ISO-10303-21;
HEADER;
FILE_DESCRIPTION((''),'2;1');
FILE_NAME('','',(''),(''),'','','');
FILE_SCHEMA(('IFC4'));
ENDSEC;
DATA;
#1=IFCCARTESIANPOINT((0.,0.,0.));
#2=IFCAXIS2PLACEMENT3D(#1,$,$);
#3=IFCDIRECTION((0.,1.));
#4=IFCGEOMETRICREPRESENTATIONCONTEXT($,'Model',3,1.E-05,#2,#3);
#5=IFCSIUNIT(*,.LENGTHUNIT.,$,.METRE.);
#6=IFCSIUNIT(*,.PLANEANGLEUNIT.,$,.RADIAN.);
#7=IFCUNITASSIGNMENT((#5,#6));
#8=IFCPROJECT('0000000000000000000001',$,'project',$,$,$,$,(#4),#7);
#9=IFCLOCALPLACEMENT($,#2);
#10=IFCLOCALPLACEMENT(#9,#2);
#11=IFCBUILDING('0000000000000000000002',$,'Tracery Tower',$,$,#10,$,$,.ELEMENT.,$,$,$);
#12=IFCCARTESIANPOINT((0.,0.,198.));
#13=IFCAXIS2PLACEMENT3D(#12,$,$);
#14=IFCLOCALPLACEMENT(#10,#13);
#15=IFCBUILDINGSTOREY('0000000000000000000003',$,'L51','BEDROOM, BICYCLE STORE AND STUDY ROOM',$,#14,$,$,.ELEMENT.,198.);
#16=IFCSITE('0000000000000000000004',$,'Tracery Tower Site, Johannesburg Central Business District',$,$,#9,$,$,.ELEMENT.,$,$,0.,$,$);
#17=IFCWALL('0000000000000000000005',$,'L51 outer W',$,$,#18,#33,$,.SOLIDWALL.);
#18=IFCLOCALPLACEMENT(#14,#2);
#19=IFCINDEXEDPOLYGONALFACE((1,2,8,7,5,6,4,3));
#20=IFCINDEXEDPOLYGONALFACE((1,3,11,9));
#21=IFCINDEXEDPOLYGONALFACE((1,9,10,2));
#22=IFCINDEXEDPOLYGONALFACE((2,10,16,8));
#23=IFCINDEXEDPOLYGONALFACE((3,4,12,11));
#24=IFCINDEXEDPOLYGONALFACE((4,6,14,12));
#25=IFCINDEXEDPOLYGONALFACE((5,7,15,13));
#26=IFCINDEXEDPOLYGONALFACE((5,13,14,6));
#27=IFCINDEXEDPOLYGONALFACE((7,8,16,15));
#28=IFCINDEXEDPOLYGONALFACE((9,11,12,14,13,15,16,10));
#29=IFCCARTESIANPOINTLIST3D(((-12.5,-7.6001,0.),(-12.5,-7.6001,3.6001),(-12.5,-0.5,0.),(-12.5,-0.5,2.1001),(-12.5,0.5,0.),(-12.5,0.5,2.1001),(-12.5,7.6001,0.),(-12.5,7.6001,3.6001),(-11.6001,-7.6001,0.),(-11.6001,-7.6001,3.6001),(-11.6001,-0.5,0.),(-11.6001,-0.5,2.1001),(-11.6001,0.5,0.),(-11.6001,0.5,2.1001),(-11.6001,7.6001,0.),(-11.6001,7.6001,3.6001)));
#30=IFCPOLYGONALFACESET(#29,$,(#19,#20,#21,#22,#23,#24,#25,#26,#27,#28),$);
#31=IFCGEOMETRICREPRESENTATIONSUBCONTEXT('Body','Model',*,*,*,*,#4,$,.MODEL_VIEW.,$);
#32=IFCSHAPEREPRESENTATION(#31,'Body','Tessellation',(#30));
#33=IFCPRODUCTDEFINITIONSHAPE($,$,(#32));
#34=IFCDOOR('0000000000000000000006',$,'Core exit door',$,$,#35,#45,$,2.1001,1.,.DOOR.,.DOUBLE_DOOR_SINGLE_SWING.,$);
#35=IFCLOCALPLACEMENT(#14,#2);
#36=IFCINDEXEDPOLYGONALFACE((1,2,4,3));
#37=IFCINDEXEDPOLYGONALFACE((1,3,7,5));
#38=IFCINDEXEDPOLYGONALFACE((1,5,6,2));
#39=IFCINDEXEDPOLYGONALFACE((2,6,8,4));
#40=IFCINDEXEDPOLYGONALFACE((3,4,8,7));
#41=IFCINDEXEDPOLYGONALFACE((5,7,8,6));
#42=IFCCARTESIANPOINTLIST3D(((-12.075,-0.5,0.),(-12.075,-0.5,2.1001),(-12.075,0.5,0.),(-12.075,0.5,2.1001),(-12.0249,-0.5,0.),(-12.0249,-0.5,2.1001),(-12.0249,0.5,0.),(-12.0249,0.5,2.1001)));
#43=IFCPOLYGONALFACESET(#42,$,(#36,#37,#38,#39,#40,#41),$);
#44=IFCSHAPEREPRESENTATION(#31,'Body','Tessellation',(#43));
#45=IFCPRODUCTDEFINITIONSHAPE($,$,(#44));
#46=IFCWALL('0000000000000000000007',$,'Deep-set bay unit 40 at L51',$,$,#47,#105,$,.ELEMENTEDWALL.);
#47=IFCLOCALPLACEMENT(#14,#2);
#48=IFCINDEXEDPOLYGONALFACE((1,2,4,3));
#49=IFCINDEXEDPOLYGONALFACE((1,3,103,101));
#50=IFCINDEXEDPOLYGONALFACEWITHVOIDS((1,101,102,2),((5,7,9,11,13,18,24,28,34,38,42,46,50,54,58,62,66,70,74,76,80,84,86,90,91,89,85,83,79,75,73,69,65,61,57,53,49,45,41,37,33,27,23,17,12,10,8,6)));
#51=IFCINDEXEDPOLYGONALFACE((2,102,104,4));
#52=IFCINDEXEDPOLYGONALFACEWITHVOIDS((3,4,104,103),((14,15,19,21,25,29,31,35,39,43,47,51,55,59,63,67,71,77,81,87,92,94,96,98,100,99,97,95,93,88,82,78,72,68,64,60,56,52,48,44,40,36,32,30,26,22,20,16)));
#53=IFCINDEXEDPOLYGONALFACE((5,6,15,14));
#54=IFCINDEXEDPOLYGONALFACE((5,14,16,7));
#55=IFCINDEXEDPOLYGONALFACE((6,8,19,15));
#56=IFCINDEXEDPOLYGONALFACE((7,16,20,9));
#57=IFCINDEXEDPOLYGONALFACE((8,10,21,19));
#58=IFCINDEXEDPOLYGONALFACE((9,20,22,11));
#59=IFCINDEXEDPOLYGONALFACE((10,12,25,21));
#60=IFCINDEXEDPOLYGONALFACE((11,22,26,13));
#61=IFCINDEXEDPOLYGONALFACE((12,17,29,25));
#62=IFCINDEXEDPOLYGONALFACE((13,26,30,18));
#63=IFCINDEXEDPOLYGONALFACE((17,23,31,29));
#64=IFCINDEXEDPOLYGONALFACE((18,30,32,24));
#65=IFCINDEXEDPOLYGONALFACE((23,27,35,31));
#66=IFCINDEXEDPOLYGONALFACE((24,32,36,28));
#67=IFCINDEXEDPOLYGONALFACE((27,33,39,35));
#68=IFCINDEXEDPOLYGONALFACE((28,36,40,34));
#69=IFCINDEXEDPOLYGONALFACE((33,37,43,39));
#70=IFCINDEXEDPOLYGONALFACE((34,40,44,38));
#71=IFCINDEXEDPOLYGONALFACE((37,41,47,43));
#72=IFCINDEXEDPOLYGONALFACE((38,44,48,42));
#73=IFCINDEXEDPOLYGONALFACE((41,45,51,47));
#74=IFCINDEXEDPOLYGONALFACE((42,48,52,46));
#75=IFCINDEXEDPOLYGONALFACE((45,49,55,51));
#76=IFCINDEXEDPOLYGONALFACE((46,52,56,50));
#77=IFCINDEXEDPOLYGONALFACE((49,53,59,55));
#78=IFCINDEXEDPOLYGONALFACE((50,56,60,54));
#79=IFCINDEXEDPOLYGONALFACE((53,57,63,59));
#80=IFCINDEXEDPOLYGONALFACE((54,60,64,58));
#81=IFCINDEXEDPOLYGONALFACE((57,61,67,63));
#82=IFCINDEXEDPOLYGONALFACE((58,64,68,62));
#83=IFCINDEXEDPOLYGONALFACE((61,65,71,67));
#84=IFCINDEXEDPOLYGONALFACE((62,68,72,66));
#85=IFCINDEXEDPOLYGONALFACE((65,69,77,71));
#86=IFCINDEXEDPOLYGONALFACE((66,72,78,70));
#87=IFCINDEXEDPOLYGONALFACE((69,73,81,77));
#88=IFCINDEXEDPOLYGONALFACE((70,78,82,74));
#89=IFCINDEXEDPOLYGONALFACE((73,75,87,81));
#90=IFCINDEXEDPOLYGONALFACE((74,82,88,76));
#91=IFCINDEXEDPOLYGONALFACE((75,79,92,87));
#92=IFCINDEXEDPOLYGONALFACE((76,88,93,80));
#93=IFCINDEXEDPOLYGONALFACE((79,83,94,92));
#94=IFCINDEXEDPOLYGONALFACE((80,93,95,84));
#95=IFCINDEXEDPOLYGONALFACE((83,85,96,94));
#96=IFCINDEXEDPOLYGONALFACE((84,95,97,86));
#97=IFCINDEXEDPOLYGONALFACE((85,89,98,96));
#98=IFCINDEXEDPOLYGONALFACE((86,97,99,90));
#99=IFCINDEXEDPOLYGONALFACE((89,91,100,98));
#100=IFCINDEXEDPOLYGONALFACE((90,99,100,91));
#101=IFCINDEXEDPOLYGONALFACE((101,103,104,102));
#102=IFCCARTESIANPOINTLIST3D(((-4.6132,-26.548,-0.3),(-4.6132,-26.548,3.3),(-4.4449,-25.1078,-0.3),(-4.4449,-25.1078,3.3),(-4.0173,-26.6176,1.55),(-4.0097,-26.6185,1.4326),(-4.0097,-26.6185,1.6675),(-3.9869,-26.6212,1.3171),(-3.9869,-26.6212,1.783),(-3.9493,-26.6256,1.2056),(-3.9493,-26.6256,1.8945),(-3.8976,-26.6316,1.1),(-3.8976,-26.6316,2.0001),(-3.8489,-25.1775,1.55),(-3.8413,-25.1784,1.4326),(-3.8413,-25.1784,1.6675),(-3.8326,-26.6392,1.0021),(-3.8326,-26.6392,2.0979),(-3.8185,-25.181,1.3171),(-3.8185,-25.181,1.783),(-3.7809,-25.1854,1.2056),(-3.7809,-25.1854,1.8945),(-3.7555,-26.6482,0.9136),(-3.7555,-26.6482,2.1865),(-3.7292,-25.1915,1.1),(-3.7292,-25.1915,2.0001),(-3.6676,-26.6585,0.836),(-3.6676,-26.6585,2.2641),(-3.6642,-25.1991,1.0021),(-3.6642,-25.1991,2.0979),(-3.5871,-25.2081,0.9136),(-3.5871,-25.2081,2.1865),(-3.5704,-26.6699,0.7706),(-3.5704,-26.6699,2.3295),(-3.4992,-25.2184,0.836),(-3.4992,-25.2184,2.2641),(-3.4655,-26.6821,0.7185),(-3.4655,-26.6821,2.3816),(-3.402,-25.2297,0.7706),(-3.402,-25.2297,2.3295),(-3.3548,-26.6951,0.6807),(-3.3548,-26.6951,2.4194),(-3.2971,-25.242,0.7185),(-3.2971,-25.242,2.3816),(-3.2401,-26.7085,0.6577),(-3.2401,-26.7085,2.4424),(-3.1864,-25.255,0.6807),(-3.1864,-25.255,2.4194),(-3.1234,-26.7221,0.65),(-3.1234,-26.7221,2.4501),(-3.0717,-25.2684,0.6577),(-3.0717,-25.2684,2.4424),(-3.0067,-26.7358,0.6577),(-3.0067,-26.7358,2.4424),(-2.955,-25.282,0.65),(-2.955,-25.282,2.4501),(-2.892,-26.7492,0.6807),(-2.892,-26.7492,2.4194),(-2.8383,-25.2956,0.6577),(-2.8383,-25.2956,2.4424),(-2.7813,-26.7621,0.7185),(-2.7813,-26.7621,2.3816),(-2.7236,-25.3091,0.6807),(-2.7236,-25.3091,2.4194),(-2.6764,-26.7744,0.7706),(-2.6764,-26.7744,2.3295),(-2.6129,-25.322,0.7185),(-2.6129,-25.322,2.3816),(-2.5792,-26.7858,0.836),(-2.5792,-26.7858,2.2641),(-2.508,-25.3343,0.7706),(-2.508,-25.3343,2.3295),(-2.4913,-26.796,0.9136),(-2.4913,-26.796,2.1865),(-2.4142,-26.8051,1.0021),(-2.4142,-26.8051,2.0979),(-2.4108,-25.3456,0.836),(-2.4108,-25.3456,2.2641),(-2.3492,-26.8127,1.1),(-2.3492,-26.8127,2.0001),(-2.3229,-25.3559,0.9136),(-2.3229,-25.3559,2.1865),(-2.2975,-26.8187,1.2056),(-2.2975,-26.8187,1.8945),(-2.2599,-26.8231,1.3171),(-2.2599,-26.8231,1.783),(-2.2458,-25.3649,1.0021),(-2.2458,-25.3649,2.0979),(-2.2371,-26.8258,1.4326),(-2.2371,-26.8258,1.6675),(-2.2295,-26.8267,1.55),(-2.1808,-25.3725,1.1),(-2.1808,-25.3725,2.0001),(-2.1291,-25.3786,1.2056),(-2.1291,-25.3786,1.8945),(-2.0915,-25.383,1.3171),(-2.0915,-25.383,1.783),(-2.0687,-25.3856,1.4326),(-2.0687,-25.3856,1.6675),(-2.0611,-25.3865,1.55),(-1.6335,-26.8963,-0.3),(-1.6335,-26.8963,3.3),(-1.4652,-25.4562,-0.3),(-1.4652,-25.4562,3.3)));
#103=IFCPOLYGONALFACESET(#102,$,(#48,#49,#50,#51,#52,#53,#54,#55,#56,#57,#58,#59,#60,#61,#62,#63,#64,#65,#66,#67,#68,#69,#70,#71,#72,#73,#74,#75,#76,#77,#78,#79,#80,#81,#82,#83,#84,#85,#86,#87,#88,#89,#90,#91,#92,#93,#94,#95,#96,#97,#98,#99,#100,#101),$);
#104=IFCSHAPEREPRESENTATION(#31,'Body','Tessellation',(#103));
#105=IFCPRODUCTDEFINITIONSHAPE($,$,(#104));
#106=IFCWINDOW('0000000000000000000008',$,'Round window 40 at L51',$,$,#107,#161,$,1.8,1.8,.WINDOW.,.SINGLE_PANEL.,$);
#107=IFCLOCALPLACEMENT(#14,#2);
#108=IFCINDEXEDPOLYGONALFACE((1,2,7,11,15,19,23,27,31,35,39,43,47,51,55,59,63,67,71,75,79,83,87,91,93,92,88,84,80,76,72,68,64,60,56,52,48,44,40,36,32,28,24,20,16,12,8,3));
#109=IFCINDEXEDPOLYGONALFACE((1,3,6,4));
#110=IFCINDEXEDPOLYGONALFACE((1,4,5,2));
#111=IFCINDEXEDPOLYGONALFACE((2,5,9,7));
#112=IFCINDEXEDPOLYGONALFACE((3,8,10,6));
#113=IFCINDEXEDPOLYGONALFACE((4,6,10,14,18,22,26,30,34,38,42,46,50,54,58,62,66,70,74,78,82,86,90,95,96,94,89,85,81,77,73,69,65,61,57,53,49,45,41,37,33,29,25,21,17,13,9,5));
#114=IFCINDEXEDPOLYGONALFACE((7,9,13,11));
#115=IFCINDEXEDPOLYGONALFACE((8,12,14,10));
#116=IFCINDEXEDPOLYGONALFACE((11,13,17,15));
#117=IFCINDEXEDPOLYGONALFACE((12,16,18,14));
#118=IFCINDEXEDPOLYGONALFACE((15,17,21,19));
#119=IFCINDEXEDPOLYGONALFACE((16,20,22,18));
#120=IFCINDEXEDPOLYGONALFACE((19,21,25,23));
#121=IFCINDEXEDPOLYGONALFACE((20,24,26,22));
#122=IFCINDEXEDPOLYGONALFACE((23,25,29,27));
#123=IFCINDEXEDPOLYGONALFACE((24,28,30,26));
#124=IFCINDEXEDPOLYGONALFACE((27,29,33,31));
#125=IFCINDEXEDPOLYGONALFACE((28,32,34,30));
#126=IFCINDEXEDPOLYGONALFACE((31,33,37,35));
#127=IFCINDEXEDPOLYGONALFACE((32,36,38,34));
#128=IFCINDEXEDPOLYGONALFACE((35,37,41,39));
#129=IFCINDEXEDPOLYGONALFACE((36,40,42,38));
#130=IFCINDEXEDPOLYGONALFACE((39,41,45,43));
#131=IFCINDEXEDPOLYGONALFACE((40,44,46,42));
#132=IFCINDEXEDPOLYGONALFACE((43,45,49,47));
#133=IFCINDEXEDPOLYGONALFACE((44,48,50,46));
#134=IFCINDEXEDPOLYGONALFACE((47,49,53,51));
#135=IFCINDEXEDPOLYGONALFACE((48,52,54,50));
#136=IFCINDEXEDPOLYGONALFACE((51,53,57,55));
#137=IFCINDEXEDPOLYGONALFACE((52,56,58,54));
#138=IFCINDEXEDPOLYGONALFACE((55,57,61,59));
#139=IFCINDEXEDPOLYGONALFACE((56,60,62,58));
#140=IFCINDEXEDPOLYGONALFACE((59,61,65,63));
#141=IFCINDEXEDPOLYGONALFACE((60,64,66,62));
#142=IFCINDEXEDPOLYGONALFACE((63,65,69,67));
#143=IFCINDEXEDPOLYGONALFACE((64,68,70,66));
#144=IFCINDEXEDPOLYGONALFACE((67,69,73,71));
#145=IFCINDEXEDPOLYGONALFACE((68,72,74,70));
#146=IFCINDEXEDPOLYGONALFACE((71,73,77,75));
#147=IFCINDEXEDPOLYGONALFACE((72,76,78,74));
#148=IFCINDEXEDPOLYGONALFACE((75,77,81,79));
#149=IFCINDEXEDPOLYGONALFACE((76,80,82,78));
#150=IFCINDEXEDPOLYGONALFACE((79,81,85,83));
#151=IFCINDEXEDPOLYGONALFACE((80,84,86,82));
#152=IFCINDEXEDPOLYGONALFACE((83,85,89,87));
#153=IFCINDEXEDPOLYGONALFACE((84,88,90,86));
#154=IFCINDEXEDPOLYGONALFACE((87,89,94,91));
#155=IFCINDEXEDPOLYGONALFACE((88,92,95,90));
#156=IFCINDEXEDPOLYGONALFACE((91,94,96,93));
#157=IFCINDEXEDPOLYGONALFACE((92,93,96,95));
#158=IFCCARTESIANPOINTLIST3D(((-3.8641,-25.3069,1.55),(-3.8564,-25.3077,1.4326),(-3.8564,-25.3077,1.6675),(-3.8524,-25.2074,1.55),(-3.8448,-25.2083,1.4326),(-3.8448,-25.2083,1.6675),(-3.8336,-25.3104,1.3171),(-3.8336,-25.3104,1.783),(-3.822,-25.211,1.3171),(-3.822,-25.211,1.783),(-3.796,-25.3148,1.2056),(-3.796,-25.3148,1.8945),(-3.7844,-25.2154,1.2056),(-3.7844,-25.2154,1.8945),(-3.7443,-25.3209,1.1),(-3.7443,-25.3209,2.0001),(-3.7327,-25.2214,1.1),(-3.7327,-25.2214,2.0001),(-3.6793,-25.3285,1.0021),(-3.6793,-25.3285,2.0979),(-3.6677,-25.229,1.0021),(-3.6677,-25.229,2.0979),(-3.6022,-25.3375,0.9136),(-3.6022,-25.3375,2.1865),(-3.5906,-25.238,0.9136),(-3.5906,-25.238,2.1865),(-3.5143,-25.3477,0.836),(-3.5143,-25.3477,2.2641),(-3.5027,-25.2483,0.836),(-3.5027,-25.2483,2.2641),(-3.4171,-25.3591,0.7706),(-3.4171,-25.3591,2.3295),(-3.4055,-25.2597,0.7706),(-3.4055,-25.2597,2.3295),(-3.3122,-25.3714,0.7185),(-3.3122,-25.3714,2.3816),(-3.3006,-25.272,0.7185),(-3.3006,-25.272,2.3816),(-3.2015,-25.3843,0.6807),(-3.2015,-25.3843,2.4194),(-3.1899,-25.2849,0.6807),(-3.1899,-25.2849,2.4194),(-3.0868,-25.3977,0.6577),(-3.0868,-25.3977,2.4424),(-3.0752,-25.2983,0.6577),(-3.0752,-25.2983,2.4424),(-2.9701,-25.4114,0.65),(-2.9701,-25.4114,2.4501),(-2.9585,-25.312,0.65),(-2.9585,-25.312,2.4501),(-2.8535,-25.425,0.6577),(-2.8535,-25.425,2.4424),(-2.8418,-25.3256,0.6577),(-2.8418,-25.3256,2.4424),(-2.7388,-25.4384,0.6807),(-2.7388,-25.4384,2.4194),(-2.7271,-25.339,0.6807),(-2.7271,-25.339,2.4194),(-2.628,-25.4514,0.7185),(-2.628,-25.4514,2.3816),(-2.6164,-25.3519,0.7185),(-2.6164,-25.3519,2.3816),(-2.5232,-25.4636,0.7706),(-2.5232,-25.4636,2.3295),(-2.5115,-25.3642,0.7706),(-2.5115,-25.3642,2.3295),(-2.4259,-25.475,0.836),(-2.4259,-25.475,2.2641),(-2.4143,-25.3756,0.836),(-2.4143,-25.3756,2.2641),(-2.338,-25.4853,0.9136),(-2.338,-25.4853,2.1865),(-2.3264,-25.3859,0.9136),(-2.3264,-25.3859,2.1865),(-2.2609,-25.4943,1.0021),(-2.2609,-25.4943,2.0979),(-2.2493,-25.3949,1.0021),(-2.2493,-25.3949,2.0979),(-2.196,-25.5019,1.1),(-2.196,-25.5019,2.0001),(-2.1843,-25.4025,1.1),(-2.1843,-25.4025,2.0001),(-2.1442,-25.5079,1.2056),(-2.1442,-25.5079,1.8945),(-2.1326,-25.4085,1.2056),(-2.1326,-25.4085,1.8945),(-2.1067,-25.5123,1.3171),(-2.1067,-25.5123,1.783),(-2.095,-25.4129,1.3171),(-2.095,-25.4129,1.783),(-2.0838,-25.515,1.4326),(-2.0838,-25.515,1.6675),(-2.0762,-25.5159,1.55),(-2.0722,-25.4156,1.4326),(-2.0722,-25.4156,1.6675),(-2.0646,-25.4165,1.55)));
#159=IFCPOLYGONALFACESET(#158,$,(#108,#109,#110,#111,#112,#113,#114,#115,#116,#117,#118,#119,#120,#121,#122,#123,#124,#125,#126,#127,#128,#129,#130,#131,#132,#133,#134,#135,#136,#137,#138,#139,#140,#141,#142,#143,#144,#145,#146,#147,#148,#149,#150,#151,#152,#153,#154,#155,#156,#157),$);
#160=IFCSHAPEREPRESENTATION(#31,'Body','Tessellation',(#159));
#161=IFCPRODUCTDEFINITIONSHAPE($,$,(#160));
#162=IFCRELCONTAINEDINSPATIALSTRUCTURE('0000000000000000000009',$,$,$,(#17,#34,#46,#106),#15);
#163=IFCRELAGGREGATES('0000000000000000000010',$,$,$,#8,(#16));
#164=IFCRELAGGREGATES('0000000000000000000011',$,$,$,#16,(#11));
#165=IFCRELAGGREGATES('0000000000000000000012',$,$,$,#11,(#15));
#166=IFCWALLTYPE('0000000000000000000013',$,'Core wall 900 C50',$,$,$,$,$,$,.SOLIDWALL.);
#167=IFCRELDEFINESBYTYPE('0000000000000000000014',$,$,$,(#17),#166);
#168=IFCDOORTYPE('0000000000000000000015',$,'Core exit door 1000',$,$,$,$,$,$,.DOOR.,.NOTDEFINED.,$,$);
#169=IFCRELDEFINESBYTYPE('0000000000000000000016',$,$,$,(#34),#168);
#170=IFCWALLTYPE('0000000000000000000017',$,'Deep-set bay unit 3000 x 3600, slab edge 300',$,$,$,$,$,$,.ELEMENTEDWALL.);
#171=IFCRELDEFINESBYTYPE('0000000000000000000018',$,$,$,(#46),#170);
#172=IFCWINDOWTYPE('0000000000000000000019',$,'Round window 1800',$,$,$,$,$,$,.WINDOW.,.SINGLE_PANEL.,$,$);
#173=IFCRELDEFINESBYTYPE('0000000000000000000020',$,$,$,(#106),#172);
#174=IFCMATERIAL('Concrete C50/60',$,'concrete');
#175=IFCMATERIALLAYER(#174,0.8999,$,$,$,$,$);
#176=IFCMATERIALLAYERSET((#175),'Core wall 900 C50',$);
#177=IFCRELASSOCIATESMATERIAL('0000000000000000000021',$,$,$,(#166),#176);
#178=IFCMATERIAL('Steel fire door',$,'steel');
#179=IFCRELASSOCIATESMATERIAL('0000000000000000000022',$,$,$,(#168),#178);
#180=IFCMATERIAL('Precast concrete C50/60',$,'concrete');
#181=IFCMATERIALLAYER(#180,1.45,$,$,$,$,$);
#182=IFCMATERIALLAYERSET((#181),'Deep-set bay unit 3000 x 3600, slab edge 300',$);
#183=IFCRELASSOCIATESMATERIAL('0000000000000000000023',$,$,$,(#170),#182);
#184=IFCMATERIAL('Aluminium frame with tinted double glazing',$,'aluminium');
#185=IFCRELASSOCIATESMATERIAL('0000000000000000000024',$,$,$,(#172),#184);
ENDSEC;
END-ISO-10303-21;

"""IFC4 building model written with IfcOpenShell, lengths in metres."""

from ifc_helpers import new_model, si_unit, direction, frame, frame_2d, origin, origin_2d, place, context, subcontext, project, spatial, rectangle, circle, extrude, material, layer, layer_set, type_object, element, fill, save


model = new_model("IFC4")

# Units and contexts
model_context = context("Model", 3, precision=1e-05, world=origin(), true_north=direction((0.0, 1.0)))
body_context = subcontext(model_context, "Body", "Model", "MODEL_VIEW")
ifc_project = project(units=[si_unit("LENGTHUNIT", "METRE"), si_unit("PLANEANGLEUNIT", "RADIAN")], contexts=[model_context])

# Site, building, storey
site_placement = place(None, origin())
site = spatial("IfcSite", under=ifc_project, at=site_placement, Name="Tracery Tower Site, Johannesburg Central Business District", CompositionType="ELEMENT", RefElevation=0.0)
building_placement = place(site_placement, origin())
building = spatial("IfcBuilding", under=site, at=building_placement, Name="Tracery Tower", CompositionType="ELEMENT")
storey_placement = place(building_placement, frame((0.0, 0.0, 198.0)))
storey = spatial("IfcBuildingStorey", under=building, at=storey_placement, Name="L51", Description="BEDROOM, BICYCLE STORE AND STUDY ROOM", CompositionType="ELEMENT", Elevation=198.0)

# Wall, opening, door
ifc_material_1 = material(Name="Concrete C50/60", Category="concrete")
ifc_layer_1 = layer(ifc_material_1, 0.8999)
ifc_layer_set_1 = layer_set([ifc_layer_1], Name="Core wall 900 C50")
wall_type_1 = type_object("IfcWallType", Name="Core wall 900 C50", PredefinedType="SOLIDWALL", material=ifc_layer_set_1)
wall_1_placement = place(storey_placement, frame((-12.05, -7.6001, 0.0), z_axis=(0.0, 0.0, 1.0), x_axis=(0.0, 1.0, 0.0)))
wall_1 = element("IfcWall", 1, at=wall_1_placement, inside=storey, type_object=wall_type_1, Name="L51 outer W", PredefinedType="SOLIDWALL", context=body_context, shape_type="SweptSolid", body=[
    extrude(rectangle(XDim=15.2002, YDim=0.8999, at=frame_2d((7.6001, 0.0))), origin(), (0.0, 0.0, 1.0), 3.6001),
])
opening_1_placement = place(wall_1_placement, frame((7.1001, 0.0, 0.0)))
opening_1 = element("IfcOpeningElement", 2, at=opening_1_placement, cuts=wall_1, PredefinedType="OPENING", context=body_context, shape_type="SweptSolid", body=[
    extrude(rectangle(XDim=1.0, YDim=2.1001, at=frame_2d((0.5, 1.05))), frame((0.0, 0.45, 0.0), z_axis=(0.0, -1.0, 0.0), x_axis=(1.0, 0.0, 0.0)), (0.0, 0.0, 1.0), 0.8999),
])
ifc_material_2 = material(Name="Steel fire door", Category="steel")
door_type_1 = type_object("IfcDoorType", Name="Core exit door 1000", OperationType="NOTDEFINED", PredefinedType="DOOR", material=ifc_material_2)
door_1_placement = place(opening_1_placement, origin())
door_1 = element("IfcDoor", 3, at=door_1_placement, inside=storey, type_object=door_type_1, Name="Core exit door", OperationType="DOUBLE_DOOR_SINGLE_SWING", OverallHeight=2.1001, OverallWidth=1.0, PredefinedType="DOOR", context=body_context, shape_type="SweptSolid", body=[
    extrude(rectangle(XDim=1.0, YDim=2.1001, at=frame_2d((0.5, 1.05))), frame((0.0, 0.0249, 0.0), z_axis=(0.0, -1.0, 0.0), x_axis=(1.0, 0.0, 0.0)), (0.0, 0.0, 1.0), 0.05),
])
fill(opening_1, door_1)

# Wall, opening, window
ifc_material_3 = material(Name="Precast concrete C50/60", Category="concrete")
ifc_layer_2 = layer(ifc_material_3, 1.45)
ifc_layer_set_2 = layer_set([ifc_layer_2], Name="Deep-set bay unit 3000 x 3600, slab edge 300")
wall_type_2 = type_object("IfcWallType", Name="Deep-set bay unit 3000 x 3600, slab edge 300", PredefinedType="ELEMENTEDWALL", material=ifc_layer_set_2)
wall_2_placement = place(storey_placement, frame((-4.5291, -25.8279, -0.3), z_axis=(0.0, 0.0, 1.0), x_axis=(0.993234, -0.116128, 0.0)))
wall_2 = element("IfcWall", 4, at=wall_2_placement, inside=storey, type_object=wall_type_2, Name="Deep-set bay unit 40 at L51", PredefinedType="ELEMENTEDWALL", context=body_context, shape_type="SweptSolid", body=[
    extrude(rectangle(XDim=3.0, YDim=1.45, at=frame_2d((1.5, 0.0))), origin(), (0.0, 0.0, 1.0), 3.6001),
])
opening_2_placement = place(wall_2_placement, frame((1.5, 0.0, 1.8501)))
opening_2 = element("IfcOpeningElement", 5, at=opening_2_placement, cuts=wall_2, PredefinedType="OPENING", context=body_context, shape_type="SweptSolid", body=[
    extrude(circle(Radius=0.9, at=origin_2d()), frame((0.0, 0.7349, 0.0), z_axis=(0.0, -1.0, 0.0), x_axis=(1.0, 0.0, 0.0)), (0.0, 0.0, 1.0), 1.47),
])
ifc_material_4 = material(Name="Aluminium frame with tinted double glazing", Category="aluminium")
window_type = type_object("IfcWindowType", Name="Round window 1800", PartitioningType="SINGLE_PANEL", PredefinedType="WINDOW", material=ifc_material_4)
window_1_placement = place(opening_2_placement, origin())
window_1 = element("IfcWindow", 6, at=window_1_placement, inside=storey, type_object=window_type, Name="Round window 40 at L51", OverallHeight=1.8, OverallWidth=1.8, PartitioningType="SINGLE_PANEL", PredefinedType="WINDOW", context=body_context, shape_type="SweptSolid", body=[
    extrude(circle(Radius=0.9, at=origin_2d()), frame((0.0, 0.6948, 0.0), z_axis=(0.0, -1.0, 0.0), x_axis=(1.0, 0.0, 0.0)), (0.0, 0.0, 1.0), 0.1001),
])
fill(opening_2, window_1)

save(model, "model.ifc")
